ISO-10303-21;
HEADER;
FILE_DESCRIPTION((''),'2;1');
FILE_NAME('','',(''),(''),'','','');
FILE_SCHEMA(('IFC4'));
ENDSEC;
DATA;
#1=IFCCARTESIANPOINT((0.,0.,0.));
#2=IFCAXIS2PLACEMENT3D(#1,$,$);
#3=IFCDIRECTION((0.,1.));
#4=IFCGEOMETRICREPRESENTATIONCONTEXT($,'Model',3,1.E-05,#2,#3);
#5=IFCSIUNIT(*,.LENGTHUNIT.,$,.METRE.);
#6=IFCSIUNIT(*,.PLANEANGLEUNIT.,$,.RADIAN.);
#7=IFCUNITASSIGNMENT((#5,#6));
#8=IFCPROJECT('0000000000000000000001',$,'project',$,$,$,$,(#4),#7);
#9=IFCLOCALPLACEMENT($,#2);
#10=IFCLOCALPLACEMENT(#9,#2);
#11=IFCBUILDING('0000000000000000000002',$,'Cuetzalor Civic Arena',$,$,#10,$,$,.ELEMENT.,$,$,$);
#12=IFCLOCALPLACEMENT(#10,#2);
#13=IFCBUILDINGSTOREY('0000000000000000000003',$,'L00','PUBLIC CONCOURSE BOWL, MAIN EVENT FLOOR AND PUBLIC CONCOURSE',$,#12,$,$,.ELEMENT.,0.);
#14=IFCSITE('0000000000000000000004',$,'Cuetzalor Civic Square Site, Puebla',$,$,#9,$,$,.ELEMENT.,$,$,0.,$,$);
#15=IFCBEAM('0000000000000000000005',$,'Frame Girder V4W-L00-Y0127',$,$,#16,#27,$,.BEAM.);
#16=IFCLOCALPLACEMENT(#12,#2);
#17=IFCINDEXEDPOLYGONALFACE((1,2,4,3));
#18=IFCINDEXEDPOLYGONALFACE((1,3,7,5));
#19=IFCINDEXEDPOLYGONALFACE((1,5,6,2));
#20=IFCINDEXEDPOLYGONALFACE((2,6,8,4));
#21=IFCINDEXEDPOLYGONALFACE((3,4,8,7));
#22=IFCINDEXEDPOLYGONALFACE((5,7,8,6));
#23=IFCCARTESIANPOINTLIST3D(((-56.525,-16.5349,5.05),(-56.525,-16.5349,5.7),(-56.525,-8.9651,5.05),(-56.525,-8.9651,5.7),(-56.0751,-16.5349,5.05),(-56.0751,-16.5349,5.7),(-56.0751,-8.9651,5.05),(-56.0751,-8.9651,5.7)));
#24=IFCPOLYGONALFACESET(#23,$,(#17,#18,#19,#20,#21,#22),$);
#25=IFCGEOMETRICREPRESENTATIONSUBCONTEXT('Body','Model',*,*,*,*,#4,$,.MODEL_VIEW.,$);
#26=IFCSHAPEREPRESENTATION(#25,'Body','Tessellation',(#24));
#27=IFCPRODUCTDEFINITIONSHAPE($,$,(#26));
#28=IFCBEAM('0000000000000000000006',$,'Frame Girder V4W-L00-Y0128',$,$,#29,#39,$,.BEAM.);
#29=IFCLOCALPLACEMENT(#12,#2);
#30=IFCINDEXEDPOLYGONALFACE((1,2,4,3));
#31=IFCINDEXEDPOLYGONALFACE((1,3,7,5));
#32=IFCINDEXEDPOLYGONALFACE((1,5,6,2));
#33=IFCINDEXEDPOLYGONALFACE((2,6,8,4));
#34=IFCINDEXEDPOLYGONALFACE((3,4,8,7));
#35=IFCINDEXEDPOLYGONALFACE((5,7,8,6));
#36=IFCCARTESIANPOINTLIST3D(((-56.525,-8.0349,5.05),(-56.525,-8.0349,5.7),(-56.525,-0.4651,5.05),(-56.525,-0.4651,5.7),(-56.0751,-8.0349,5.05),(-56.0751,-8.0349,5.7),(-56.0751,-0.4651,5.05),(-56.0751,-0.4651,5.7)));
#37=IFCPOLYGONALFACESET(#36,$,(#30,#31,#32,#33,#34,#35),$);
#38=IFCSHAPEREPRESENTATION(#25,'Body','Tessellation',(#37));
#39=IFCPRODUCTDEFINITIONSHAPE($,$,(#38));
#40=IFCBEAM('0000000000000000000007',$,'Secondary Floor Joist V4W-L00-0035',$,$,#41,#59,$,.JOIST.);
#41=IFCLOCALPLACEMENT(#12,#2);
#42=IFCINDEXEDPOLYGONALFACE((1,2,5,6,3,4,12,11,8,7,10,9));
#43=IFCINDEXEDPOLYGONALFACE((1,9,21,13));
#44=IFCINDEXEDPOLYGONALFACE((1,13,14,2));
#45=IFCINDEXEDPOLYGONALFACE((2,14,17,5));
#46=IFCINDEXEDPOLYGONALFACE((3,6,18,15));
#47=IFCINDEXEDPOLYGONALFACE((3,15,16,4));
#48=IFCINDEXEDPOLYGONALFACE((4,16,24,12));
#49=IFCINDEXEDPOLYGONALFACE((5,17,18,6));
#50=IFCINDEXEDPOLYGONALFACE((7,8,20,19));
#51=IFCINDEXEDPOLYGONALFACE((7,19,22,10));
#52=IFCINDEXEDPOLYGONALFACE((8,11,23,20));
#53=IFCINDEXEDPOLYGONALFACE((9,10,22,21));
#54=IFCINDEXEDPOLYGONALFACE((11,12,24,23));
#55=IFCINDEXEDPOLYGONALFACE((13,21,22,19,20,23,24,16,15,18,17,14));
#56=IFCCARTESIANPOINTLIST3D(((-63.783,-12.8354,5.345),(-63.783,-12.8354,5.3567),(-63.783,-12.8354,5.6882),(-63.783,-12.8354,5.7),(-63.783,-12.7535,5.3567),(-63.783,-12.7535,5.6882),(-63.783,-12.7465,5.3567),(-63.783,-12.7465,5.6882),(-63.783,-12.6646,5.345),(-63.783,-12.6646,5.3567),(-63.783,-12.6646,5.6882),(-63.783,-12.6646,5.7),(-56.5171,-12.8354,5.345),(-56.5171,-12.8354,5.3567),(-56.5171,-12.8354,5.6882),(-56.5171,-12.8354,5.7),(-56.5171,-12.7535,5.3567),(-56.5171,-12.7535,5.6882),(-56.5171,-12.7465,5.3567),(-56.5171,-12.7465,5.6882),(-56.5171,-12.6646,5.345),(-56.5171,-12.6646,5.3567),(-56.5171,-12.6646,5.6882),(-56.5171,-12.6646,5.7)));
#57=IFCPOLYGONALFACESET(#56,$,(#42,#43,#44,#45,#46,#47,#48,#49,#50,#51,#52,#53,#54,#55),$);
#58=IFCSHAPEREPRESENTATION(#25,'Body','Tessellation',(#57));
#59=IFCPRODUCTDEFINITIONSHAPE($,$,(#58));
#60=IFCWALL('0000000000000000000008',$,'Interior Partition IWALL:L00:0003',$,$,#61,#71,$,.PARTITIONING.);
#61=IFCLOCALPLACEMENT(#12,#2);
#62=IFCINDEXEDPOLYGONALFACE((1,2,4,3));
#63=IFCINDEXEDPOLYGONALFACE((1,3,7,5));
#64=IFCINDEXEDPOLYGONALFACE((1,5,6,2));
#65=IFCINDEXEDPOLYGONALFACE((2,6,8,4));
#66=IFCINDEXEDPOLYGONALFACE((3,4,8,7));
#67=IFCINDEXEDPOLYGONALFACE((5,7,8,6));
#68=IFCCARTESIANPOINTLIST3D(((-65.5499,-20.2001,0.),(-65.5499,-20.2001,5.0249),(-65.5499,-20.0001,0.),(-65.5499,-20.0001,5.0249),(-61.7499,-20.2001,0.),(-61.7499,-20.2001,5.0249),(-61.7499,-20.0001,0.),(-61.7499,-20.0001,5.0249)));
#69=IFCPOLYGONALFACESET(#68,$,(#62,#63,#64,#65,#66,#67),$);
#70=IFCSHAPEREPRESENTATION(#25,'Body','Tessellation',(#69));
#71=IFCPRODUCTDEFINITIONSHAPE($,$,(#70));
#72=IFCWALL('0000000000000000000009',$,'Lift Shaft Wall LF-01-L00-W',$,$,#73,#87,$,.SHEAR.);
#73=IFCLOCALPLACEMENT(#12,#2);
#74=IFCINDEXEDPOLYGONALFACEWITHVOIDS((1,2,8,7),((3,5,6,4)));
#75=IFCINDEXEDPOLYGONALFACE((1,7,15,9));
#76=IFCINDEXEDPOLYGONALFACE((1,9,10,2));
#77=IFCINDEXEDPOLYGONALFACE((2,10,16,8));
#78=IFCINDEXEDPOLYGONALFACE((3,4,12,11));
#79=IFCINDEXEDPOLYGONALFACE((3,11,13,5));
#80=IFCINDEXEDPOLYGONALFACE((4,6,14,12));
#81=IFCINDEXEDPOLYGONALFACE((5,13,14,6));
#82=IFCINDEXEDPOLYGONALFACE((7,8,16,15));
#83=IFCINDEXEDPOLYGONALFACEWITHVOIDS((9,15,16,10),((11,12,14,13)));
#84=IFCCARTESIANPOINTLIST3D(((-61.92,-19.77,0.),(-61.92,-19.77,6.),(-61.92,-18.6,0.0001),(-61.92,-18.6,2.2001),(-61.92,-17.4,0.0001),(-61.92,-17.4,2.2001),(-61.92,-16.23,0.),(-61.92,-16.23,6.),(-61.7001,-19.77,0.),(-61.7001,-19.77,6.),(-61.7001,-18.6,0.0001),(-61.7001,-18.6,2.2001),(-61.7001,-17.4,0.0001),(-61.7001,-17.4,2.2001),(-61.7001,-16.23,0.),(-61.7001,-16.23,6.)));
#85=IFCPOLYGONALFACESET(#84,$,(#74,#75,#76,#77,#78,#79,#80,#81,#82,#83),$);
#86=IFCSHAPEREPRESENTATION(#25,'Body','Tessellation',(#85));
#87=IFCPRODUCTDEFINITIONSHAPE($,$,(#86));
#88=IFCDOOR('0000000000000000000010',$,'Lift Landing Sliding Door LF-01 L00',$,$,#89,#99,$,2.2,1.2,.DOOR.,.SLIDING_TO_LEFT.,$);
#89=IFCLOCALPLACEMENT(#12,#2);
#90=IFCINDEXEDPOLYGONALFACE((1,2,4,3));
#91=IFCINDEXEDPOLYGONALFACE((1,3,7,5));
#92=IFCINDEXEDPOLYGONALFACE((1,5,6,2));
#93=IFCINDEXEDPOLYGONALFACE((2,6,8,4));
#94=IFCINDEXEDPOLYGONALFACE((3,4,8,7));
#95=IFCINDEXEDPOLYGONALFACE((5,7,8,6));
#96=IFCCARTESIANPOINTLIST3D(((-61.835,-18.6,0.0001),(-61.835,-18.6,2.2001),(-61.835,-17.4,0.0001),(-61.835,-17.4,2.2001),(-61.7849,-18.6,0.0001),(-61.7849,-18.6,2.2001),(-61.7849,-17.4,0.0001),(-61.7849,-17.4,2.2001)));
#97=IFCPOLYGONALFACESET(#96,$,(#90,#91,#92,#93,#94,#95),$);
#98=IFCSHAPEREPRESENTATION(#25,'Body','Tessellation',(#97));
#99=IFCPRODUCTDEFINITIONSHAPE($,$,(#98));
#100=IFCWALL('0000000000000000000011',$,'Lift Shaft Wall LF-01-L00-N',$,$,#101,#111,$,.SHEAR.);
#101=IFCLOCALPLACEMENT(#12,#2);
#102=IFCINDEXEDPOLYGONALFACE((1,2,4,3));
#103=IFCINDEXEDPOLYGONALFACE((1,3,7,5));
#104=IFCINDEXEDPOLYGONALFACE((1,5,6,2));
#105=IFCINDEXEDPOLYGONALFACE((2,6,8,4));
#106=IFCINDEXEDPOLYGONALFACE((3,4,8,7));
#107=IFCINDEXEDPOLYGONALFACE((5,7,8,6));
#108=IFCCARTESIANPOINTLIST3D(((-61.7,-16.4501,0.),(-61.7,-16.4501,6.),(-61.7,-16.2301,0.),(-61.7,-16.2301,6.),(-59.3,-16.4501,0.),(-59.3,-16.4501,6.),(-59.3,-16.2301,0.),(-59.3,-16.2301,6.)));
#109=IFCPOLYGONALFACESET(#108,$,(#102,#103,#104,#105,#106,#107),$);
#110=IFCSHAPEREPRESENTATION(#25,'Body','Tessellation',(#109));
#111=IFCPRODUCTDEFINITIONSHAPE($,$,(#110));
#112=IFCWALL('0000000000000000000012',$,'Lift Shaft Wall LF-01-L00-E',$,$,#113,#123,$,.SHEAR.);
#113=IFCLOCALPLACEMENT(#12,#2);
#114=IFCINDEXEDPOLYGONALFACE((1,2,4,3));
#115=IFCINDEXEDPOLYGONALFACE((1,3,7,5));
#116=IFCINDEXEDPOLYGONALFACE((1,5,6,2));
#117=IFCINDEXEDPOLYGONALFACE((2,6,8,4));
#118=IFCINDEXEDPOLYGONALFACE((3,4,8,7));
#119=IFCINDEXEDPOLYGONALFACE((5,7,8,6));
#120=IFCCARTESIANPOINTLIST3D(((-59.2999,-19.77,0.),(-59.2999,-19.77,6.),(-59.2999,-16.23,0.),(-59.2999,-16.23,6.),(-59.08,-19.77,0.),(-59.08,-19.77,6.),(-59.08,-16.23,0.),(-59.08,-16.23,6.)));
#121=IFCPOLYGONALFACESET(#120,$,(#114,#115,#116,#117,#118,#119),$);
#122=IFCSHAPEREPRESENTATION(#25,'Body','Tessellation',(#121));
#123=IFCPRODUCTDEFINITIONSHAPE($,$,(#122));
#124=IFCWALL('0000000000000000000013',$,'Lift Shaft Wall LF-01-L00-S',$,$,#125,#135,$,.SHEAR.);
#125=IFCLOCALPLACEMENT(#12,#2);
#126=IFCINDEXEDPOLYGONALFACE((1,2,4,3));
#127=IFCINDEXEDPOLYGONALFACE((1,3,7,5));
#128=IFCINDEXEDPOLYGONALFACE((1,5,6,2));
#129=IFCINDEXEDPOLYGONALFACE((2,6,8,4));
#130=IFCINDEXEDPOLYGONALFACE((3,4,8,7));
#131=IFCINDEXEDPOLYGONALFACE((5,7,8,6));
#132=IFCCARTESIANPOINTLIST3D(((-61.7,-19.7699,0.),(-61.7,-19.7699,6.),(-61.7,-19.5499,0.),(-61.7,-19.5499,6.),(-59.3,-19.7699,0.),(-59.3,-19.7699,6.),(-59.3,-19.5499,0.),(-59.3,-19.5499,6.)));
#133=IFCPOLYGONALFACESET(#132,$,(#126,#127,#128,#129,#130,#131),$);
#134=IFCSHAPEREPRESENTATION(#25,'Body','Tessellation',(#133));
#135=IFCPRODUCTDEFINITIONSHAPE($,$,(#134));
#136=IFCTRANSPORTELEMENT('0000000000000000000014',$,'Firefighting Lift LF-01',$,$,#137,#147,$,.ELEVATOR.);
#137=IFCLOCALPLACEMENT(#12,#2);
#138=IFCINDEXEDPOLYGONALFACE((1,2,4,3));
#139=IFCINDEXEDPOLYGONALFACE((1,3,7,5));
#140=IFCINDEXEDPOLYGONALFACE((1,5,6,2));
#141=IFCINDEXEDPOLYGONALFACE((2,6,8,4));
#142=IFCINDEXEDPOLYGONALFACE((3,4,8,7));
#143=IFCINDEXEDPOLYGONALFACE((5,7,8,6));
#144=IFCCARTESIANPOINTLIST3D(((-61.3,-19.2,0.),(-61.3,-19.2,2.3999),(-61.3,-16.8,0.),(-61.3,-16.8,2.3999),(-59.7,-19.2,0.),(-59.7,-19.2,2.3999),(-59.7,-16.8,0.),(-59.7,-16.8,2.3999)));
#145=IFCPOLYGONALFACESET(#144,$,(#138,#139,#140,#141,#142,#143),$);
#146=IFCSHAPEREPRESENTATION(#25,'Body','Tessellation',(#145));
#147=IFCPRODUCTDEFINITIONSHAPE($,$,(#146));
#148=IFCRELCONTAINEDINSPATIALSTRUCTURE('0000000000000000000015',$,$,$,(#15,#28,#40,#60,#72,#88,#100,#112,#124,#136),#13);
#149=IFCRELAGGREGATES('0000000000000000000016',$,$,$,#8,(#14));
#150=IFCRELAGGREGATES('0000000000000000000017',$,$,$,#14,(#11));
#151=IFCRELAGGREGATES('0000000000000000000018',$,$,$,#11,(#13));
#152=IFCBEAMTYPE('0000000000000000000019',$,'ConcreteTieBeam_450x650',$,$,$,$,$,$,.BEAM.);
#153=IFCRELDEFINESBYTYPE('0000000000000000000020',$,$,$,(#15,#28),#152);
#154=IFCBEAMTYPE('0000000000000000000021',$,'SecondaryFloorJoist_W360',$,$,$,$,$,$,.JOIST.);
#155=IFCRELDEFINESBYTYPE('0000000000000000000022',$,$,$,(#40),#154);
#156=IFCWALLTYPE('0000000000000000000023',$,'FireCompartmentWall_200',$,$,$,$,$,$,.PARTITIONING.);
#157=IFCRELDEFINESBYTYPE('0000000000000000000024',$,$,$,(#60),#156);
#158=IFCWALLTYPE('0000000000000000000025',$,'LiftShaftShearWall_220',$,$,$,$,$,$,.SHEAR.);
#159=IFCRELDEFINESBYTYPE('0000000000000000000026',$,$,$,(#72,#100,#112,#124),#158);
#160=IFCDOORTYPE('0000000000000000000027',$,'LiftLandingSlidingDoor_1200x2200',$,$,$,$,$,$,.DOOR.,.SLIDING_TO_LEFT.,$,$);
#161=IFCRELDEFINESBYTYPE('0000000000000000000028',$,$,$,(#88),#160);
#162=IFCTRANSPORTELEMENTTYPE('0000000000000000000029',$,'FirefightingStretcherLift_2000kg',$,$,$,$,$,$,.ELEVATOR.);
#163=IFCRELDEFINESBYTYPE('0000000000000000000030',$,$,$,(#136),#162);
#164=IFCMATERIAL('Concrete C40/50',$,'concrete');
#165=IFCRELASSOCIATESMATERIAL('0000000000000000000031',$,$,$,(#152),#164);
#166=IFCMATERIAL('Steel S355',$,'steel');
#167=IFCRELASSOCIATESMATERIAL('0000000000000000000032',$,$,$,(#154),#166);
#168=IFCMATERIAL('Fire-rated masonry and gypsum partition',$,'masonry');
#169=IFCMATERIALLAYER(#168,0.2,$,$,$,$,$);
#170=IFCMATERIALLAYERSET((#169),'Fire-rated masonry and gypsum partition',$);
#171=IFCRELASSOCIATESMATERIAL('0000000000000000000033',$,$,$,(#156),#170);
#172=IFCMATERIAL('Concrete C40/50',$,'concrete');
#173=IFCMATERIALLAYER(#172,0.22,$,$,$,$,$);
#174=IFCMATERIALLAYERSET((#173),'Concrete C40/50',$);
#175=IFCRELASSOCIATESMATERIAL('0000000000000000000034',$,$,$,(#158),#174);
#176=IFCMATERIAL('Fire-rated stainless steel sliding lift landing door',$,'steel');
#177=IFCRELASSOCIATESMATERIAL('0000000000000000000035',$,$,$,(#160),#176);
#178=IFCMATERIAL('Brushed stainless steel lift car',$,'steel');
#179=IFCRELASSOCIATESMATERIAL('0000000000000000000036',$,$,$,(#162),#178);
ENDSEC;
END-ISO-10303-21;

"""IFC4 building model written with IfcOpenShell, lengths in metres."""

from ifc_helpers import new_model, si_unit, direction, frame, frame_2d, origin, origin_2d, place, context, subcontext, project, spatial, rectangle, i_section, extrude, material, layer, layer_set, material_profile, profile_set, type_object, element, fill, save


model = new_model("IFC4")

# Units and contexts
model_context = context("Model", 3, precision=1e-05, world=origin(), true_north=direction((0.0, 1.0)))
body_context = subcontext(model_context, "Body", "Model", "MODEL_VIEW")
ifc_project = project(units=[si_unit("LENGTHUNIT", "METRE"), si_unit("PLANEANGLEUNIT", "RADIAN")], contexts=[model_context])

# Site, building, storey
site_placement = place(None, origin())
site = spatial("IfcSite", under=ifc_project, at=site_placement, Name="Cuetzalor Civic Square Site, Puebla", CompositionType="ELEMENT", RefElevation=0.0)
building_placement = place(site_placement, origin())
building = spatial("IfcBuilding", under=site, at=building_placement, Name="Cuetzalor Civic Arena", CompositionType="ELEMENT")
storey_placement = place(building_placement, origin())
storey = spatial("IfcBuildingStorey", under=building, at=storey_placement, Name="L00", Description="PUBLIC CONCOURSE BOWL, MAIN EVENT FLOOR AND PUBLIC CONCOURSE", CompositionType="ELEMENT", Elevation=0.0)

# Beams
ifc_material_1 = material(Name="Concrete C40/50", Category="concrete")
ifc_material_profile_1 = material_profile(ifc_material_1, rectangle(XDim=0.45, YDim=0.6499, at=origin_2d()), Name="RC 450x650")
ifc_profile_set_1 = profile_set([ifc_material_profile_1], Name="Concrete C40/50")
beam_type_1 = type_object("IfcBeamType", Name="ConcreteTieBeam_450x650", PredefinedType="BEAM", material=ifc_profile_set_1)
for number, where, z_axis, x_axis, name in (
    (1, (-56.3, -16.5349, 5.375), (0.0, 1.0, 0.0), (-1.0, 0.0, 0.0), "Frame Girder V4W-L00-Y0127"),
    (2, (-56.3, -8.0349, 5.375), (0.0, 1.0, 0.0), (-1.0, 0.0, 0.0), "Frame Girder V4W-L00-Y0128"),
):
    element("IfcBeam", number, at=place(storey_placement, frame(where, z_axis=z_axis, x_axis=x_axis)), inside=storey, type_object=beam_type_1, Name=name, PredefinedType="BEAM", context=body_context, shape_type="SweptSolid", body=[
        extrude(rectangle(XDim=0.45, YDim=0.6499, at=origin_2d()), origin(), (0.0, 0.0, 1.0), 7.5698),
    ])
ifc_material_2 = material(Name="Steel S355", Category="steel")
ifc_material_profile_2 = material_profile(ifc_material_2, i_section(OverallWidth=0.1709, OverallDepth=0.355, WebThickness=0.0071, FlangeThickness=0.0117, at=origin_2d()), Name="W360x51")
ifc_profile_set_2 = profile_set([ifc_material_profile_2], Name="Steel S355")
beam_type_2 = type_object("IfcBeamType", Name="SecondaryFloorJoist_W360", PredefinedType="JOIST", material=ifc_profile_set_2)
beam_placement = place(storey_placement, frame((-63.783, -12.75, 5.5225), z_axis=(1.0, 0.0, 0.0), x_axis=(0.0, 1.0, 0.0)))
element("IfcBeam", 3, at=beam_placement, inside=storey, type_object=beam_type_2, Name="Secondary Floor Joist V4W-L00-0035", PredefinedType="JOIST", context=body_context, shape_type="SweptSolid", body=[
    extrude(i_section(OverallWidth=0.1709, OverallDepth=0.355, WebThickness=0.0071, FlangeThickness=0.0117, at=origin_2d()), origin(), (0.0, 0.0, 1.0), 7.2659),
])

# Wall
ifc_material_3 = material(Name="Fire-rated masonry and gypsum partition", Category="masonry")
ifc_layer_1 = layer(ifc_material_3, 0.2)
ifc_layer_set_1 = layer_set([ifc_layer_1], Name="Fire-rated masonry and gypsum partition")
wall_type_1 = type_object("IfcWallType", Name="FireCompartmentWall_200", PredefinedType="PARTITIONING", material=ifc_layer_set_1)
wall_1_placement = place(storey_placement, frame((-61.75, -20.1001, 0.0), z_axis=(0.0, 0.0, 1.0), x_axis=(-1.0, 0.0, 0.0)))
element("IfcWall", 4, at=wall_1_placement, inside=storey, type_object=wall_type_1, Name="Interior Partition IWALL:L00:0003", PredefinedType="PARTITIONING", context=body_context, shape_type="SweptSolid", body=[
    extrude(rectangle(XDim=3.8, YDim=0.2, at=frame_2d((1.8999, 0.0))), origin(), (0.0, 0.0, 1.0), 5.0249),
])

# Wall, opening, door
ifc_material_4 = material(Name="Concrete C40/50", Category="concrete")
ifc_layer_2 = layer(ifc_material_4, 0.22)
ifc_layer_set_2 = layer_set([ifc_layer_2], Name="Concrete C40/50")
wall_type_2 = type_object("IfcWallType", Name="LiftShaftShearWall_220", PredefinedType="SHEAR", material=ifc_layer_set_2)
wall_2_placement = place(storey_placement, frame((-61.8101, -19.77, 0.0), z_axis=(0.0, 0.0, 1.0), x_axis=(0.0, 1.0, 0.0)))
wall_2 = element("IfcWall", 5, at=wall_2_placement, inside=storey, type_object=wall_type_2, Name="Lift Shaft Wall LF-01-L00-W", PredefinedType="SHEAR", context=body_context, shape_type="SweptSolid", body=[
    extrude(rectangle(XDim=3.54, YDim=0.22, at=frame_2d((1.77, 0.0))), origin(), (0.0, 0.0, 1.0), 6.0),
])
opening_placement = place(wall_2_placement, frame((1.1699, 0.0, 0.0)))
opening = element("IfcOpeningElement", 6, at=opening_placement, cuts=wall_2, PredefinedType="OPENING", context=body_context, shape_type="SweptSolid", body=[
    extrude(rectangle(XDim=1.2, YDim=2.2, at=frame_2d((0.6001, 1.1001))), frame((0.0, 0.1201, 0.0), z_axis=(0.0, -1.0, 0.0), x_axis=(1.0, 0.0, 0.0)), (0.0, 0.0, 1.0), 0.24),
])
ifc_material_5 = material(Name="Fire-rated stainless steel sliding lift landing door", Category="steel")
door_type = type_object("IfcDoorType", Name="LiftLandingSlidingDoor_1200x2200", OperationType="SLIDING_TO_LEFT", PredefinedType="DOOR", material=ifc_material_5)
door_placement = place(opening_placement, origin())
door = element("IfcDoor", 7, at=door_placement, inside=storey, type_object=door_type, Name="Lift Landing Sliding Door LF-01 L00", OperationType="SLIDING_TO_LEFT", OverallHeight=2.2, OverallWidth=1.2, PredefinedType="DOOR", context=body_context, shape_type="SweptSolid", body=[
    extrude(rectangle(XDim=1.2, YDim=2.2, at=frame_2d((0.6001, 1.1001))), frame((0.0, 0.0249, 0.0), z_axis=(0.0, -1.0, 0.0), x_axis=(1.0, 0.0, 0.0)), (0.0, 0.0, 1.0), 0.05),
])
fill(opening, door)

# Walls
wall_3_placement = place(storey_placement, frame((-61.7, -16.3401, 0.0), z_axis=(0.0, 0.0, 1.0), x_axis=(1.0, 0.0, 0.0)))
element("IfcWall", 8, at=wall_3_placement, inside=storey, type_object=wall_type_2, Name="Lift Shaft Wall LF-01-L00-N", PredefinedType="SHEAR", context=body_context, shape_type="SweptSolid", body=[
    extrude(rectangle(XDim=2.3999, YDim=0.22, at=frame_2d((1.2, 0.0))), origin(), (0.0, 0.0, 1.0), 6.0),
])
wall_4_placement = place(storey_placement, frame((-59.1899, -16.23, 0.0), z_axis=(0.0, 0.0, 1.0), x_axis=(0.0, -1.0, 0.0)))
element("IfcWall", 9, at=wall_4_placement, inside=storey, type_object=wall_type_2, Name="Lift Shaft Wall LF-01-L00-E", PredefinedType="SHEAR", context=body_context, shape_type="SweptSolid", body=[
    extrude(rectangle(XDim=3.54, YDim=0.22, at=frame_2d((1.77, 0.0))), origin(), (0.0, 0.0, 1.0), 6.0),
])
wall_5_placement = place(storey_placement, frame((-59.3, -19.6599, 0.0), z_axis=(0.0, 0.0, 1.0), x_axis=(-1.0, 0.0, 0.0)))
element("IfcWall", 10, at=wall_5_placement, inside=storey, type_object=wall_type_2, Name="Lift Shaft Wall LF-01-L00-S", PredefinedType="SHEAR", context=body_context, shape_type="SweptSolid", body=[
    extrude(rectangle(XDim=2.3999, YDim=0.22, at=frame_2d((1.2, 0.0))), origin(), (0.0, 0.0, 1.0), 6.0),
])

# Transport element
ifc_material_6 = material(Name="Brushed stainless steel lift car", Category="steel")
transport_element_type = type_object("IfcTransportElementType", Name="FirefightingStretcherLift_2000kg", PredefinedType="ELEVATOR", material=ifc_material_6)
transport_element_placement = place(storey_placement, frame((-60.5, -18.0, 0.0), z_axis=(0.0, 0.0, 1.0), x_axis=(-1.0, 0.0, 0.0)))
element("IfcTransportElement", 11, at=transport_element_placement, inside=storey, type_object=transport_element_type, Name="Firefighting Lift LF-01", PredefinedType="ELEVATOR", context=body_context, shape_type="SweptSolid", body=[
    extrude(rectangle(XDim=1.6001, YDim=2.3999, at=origin_2d()), origin(), (0.0, 0.0, 1.0), 2.3999),
])

save(model, "model.ifc")
